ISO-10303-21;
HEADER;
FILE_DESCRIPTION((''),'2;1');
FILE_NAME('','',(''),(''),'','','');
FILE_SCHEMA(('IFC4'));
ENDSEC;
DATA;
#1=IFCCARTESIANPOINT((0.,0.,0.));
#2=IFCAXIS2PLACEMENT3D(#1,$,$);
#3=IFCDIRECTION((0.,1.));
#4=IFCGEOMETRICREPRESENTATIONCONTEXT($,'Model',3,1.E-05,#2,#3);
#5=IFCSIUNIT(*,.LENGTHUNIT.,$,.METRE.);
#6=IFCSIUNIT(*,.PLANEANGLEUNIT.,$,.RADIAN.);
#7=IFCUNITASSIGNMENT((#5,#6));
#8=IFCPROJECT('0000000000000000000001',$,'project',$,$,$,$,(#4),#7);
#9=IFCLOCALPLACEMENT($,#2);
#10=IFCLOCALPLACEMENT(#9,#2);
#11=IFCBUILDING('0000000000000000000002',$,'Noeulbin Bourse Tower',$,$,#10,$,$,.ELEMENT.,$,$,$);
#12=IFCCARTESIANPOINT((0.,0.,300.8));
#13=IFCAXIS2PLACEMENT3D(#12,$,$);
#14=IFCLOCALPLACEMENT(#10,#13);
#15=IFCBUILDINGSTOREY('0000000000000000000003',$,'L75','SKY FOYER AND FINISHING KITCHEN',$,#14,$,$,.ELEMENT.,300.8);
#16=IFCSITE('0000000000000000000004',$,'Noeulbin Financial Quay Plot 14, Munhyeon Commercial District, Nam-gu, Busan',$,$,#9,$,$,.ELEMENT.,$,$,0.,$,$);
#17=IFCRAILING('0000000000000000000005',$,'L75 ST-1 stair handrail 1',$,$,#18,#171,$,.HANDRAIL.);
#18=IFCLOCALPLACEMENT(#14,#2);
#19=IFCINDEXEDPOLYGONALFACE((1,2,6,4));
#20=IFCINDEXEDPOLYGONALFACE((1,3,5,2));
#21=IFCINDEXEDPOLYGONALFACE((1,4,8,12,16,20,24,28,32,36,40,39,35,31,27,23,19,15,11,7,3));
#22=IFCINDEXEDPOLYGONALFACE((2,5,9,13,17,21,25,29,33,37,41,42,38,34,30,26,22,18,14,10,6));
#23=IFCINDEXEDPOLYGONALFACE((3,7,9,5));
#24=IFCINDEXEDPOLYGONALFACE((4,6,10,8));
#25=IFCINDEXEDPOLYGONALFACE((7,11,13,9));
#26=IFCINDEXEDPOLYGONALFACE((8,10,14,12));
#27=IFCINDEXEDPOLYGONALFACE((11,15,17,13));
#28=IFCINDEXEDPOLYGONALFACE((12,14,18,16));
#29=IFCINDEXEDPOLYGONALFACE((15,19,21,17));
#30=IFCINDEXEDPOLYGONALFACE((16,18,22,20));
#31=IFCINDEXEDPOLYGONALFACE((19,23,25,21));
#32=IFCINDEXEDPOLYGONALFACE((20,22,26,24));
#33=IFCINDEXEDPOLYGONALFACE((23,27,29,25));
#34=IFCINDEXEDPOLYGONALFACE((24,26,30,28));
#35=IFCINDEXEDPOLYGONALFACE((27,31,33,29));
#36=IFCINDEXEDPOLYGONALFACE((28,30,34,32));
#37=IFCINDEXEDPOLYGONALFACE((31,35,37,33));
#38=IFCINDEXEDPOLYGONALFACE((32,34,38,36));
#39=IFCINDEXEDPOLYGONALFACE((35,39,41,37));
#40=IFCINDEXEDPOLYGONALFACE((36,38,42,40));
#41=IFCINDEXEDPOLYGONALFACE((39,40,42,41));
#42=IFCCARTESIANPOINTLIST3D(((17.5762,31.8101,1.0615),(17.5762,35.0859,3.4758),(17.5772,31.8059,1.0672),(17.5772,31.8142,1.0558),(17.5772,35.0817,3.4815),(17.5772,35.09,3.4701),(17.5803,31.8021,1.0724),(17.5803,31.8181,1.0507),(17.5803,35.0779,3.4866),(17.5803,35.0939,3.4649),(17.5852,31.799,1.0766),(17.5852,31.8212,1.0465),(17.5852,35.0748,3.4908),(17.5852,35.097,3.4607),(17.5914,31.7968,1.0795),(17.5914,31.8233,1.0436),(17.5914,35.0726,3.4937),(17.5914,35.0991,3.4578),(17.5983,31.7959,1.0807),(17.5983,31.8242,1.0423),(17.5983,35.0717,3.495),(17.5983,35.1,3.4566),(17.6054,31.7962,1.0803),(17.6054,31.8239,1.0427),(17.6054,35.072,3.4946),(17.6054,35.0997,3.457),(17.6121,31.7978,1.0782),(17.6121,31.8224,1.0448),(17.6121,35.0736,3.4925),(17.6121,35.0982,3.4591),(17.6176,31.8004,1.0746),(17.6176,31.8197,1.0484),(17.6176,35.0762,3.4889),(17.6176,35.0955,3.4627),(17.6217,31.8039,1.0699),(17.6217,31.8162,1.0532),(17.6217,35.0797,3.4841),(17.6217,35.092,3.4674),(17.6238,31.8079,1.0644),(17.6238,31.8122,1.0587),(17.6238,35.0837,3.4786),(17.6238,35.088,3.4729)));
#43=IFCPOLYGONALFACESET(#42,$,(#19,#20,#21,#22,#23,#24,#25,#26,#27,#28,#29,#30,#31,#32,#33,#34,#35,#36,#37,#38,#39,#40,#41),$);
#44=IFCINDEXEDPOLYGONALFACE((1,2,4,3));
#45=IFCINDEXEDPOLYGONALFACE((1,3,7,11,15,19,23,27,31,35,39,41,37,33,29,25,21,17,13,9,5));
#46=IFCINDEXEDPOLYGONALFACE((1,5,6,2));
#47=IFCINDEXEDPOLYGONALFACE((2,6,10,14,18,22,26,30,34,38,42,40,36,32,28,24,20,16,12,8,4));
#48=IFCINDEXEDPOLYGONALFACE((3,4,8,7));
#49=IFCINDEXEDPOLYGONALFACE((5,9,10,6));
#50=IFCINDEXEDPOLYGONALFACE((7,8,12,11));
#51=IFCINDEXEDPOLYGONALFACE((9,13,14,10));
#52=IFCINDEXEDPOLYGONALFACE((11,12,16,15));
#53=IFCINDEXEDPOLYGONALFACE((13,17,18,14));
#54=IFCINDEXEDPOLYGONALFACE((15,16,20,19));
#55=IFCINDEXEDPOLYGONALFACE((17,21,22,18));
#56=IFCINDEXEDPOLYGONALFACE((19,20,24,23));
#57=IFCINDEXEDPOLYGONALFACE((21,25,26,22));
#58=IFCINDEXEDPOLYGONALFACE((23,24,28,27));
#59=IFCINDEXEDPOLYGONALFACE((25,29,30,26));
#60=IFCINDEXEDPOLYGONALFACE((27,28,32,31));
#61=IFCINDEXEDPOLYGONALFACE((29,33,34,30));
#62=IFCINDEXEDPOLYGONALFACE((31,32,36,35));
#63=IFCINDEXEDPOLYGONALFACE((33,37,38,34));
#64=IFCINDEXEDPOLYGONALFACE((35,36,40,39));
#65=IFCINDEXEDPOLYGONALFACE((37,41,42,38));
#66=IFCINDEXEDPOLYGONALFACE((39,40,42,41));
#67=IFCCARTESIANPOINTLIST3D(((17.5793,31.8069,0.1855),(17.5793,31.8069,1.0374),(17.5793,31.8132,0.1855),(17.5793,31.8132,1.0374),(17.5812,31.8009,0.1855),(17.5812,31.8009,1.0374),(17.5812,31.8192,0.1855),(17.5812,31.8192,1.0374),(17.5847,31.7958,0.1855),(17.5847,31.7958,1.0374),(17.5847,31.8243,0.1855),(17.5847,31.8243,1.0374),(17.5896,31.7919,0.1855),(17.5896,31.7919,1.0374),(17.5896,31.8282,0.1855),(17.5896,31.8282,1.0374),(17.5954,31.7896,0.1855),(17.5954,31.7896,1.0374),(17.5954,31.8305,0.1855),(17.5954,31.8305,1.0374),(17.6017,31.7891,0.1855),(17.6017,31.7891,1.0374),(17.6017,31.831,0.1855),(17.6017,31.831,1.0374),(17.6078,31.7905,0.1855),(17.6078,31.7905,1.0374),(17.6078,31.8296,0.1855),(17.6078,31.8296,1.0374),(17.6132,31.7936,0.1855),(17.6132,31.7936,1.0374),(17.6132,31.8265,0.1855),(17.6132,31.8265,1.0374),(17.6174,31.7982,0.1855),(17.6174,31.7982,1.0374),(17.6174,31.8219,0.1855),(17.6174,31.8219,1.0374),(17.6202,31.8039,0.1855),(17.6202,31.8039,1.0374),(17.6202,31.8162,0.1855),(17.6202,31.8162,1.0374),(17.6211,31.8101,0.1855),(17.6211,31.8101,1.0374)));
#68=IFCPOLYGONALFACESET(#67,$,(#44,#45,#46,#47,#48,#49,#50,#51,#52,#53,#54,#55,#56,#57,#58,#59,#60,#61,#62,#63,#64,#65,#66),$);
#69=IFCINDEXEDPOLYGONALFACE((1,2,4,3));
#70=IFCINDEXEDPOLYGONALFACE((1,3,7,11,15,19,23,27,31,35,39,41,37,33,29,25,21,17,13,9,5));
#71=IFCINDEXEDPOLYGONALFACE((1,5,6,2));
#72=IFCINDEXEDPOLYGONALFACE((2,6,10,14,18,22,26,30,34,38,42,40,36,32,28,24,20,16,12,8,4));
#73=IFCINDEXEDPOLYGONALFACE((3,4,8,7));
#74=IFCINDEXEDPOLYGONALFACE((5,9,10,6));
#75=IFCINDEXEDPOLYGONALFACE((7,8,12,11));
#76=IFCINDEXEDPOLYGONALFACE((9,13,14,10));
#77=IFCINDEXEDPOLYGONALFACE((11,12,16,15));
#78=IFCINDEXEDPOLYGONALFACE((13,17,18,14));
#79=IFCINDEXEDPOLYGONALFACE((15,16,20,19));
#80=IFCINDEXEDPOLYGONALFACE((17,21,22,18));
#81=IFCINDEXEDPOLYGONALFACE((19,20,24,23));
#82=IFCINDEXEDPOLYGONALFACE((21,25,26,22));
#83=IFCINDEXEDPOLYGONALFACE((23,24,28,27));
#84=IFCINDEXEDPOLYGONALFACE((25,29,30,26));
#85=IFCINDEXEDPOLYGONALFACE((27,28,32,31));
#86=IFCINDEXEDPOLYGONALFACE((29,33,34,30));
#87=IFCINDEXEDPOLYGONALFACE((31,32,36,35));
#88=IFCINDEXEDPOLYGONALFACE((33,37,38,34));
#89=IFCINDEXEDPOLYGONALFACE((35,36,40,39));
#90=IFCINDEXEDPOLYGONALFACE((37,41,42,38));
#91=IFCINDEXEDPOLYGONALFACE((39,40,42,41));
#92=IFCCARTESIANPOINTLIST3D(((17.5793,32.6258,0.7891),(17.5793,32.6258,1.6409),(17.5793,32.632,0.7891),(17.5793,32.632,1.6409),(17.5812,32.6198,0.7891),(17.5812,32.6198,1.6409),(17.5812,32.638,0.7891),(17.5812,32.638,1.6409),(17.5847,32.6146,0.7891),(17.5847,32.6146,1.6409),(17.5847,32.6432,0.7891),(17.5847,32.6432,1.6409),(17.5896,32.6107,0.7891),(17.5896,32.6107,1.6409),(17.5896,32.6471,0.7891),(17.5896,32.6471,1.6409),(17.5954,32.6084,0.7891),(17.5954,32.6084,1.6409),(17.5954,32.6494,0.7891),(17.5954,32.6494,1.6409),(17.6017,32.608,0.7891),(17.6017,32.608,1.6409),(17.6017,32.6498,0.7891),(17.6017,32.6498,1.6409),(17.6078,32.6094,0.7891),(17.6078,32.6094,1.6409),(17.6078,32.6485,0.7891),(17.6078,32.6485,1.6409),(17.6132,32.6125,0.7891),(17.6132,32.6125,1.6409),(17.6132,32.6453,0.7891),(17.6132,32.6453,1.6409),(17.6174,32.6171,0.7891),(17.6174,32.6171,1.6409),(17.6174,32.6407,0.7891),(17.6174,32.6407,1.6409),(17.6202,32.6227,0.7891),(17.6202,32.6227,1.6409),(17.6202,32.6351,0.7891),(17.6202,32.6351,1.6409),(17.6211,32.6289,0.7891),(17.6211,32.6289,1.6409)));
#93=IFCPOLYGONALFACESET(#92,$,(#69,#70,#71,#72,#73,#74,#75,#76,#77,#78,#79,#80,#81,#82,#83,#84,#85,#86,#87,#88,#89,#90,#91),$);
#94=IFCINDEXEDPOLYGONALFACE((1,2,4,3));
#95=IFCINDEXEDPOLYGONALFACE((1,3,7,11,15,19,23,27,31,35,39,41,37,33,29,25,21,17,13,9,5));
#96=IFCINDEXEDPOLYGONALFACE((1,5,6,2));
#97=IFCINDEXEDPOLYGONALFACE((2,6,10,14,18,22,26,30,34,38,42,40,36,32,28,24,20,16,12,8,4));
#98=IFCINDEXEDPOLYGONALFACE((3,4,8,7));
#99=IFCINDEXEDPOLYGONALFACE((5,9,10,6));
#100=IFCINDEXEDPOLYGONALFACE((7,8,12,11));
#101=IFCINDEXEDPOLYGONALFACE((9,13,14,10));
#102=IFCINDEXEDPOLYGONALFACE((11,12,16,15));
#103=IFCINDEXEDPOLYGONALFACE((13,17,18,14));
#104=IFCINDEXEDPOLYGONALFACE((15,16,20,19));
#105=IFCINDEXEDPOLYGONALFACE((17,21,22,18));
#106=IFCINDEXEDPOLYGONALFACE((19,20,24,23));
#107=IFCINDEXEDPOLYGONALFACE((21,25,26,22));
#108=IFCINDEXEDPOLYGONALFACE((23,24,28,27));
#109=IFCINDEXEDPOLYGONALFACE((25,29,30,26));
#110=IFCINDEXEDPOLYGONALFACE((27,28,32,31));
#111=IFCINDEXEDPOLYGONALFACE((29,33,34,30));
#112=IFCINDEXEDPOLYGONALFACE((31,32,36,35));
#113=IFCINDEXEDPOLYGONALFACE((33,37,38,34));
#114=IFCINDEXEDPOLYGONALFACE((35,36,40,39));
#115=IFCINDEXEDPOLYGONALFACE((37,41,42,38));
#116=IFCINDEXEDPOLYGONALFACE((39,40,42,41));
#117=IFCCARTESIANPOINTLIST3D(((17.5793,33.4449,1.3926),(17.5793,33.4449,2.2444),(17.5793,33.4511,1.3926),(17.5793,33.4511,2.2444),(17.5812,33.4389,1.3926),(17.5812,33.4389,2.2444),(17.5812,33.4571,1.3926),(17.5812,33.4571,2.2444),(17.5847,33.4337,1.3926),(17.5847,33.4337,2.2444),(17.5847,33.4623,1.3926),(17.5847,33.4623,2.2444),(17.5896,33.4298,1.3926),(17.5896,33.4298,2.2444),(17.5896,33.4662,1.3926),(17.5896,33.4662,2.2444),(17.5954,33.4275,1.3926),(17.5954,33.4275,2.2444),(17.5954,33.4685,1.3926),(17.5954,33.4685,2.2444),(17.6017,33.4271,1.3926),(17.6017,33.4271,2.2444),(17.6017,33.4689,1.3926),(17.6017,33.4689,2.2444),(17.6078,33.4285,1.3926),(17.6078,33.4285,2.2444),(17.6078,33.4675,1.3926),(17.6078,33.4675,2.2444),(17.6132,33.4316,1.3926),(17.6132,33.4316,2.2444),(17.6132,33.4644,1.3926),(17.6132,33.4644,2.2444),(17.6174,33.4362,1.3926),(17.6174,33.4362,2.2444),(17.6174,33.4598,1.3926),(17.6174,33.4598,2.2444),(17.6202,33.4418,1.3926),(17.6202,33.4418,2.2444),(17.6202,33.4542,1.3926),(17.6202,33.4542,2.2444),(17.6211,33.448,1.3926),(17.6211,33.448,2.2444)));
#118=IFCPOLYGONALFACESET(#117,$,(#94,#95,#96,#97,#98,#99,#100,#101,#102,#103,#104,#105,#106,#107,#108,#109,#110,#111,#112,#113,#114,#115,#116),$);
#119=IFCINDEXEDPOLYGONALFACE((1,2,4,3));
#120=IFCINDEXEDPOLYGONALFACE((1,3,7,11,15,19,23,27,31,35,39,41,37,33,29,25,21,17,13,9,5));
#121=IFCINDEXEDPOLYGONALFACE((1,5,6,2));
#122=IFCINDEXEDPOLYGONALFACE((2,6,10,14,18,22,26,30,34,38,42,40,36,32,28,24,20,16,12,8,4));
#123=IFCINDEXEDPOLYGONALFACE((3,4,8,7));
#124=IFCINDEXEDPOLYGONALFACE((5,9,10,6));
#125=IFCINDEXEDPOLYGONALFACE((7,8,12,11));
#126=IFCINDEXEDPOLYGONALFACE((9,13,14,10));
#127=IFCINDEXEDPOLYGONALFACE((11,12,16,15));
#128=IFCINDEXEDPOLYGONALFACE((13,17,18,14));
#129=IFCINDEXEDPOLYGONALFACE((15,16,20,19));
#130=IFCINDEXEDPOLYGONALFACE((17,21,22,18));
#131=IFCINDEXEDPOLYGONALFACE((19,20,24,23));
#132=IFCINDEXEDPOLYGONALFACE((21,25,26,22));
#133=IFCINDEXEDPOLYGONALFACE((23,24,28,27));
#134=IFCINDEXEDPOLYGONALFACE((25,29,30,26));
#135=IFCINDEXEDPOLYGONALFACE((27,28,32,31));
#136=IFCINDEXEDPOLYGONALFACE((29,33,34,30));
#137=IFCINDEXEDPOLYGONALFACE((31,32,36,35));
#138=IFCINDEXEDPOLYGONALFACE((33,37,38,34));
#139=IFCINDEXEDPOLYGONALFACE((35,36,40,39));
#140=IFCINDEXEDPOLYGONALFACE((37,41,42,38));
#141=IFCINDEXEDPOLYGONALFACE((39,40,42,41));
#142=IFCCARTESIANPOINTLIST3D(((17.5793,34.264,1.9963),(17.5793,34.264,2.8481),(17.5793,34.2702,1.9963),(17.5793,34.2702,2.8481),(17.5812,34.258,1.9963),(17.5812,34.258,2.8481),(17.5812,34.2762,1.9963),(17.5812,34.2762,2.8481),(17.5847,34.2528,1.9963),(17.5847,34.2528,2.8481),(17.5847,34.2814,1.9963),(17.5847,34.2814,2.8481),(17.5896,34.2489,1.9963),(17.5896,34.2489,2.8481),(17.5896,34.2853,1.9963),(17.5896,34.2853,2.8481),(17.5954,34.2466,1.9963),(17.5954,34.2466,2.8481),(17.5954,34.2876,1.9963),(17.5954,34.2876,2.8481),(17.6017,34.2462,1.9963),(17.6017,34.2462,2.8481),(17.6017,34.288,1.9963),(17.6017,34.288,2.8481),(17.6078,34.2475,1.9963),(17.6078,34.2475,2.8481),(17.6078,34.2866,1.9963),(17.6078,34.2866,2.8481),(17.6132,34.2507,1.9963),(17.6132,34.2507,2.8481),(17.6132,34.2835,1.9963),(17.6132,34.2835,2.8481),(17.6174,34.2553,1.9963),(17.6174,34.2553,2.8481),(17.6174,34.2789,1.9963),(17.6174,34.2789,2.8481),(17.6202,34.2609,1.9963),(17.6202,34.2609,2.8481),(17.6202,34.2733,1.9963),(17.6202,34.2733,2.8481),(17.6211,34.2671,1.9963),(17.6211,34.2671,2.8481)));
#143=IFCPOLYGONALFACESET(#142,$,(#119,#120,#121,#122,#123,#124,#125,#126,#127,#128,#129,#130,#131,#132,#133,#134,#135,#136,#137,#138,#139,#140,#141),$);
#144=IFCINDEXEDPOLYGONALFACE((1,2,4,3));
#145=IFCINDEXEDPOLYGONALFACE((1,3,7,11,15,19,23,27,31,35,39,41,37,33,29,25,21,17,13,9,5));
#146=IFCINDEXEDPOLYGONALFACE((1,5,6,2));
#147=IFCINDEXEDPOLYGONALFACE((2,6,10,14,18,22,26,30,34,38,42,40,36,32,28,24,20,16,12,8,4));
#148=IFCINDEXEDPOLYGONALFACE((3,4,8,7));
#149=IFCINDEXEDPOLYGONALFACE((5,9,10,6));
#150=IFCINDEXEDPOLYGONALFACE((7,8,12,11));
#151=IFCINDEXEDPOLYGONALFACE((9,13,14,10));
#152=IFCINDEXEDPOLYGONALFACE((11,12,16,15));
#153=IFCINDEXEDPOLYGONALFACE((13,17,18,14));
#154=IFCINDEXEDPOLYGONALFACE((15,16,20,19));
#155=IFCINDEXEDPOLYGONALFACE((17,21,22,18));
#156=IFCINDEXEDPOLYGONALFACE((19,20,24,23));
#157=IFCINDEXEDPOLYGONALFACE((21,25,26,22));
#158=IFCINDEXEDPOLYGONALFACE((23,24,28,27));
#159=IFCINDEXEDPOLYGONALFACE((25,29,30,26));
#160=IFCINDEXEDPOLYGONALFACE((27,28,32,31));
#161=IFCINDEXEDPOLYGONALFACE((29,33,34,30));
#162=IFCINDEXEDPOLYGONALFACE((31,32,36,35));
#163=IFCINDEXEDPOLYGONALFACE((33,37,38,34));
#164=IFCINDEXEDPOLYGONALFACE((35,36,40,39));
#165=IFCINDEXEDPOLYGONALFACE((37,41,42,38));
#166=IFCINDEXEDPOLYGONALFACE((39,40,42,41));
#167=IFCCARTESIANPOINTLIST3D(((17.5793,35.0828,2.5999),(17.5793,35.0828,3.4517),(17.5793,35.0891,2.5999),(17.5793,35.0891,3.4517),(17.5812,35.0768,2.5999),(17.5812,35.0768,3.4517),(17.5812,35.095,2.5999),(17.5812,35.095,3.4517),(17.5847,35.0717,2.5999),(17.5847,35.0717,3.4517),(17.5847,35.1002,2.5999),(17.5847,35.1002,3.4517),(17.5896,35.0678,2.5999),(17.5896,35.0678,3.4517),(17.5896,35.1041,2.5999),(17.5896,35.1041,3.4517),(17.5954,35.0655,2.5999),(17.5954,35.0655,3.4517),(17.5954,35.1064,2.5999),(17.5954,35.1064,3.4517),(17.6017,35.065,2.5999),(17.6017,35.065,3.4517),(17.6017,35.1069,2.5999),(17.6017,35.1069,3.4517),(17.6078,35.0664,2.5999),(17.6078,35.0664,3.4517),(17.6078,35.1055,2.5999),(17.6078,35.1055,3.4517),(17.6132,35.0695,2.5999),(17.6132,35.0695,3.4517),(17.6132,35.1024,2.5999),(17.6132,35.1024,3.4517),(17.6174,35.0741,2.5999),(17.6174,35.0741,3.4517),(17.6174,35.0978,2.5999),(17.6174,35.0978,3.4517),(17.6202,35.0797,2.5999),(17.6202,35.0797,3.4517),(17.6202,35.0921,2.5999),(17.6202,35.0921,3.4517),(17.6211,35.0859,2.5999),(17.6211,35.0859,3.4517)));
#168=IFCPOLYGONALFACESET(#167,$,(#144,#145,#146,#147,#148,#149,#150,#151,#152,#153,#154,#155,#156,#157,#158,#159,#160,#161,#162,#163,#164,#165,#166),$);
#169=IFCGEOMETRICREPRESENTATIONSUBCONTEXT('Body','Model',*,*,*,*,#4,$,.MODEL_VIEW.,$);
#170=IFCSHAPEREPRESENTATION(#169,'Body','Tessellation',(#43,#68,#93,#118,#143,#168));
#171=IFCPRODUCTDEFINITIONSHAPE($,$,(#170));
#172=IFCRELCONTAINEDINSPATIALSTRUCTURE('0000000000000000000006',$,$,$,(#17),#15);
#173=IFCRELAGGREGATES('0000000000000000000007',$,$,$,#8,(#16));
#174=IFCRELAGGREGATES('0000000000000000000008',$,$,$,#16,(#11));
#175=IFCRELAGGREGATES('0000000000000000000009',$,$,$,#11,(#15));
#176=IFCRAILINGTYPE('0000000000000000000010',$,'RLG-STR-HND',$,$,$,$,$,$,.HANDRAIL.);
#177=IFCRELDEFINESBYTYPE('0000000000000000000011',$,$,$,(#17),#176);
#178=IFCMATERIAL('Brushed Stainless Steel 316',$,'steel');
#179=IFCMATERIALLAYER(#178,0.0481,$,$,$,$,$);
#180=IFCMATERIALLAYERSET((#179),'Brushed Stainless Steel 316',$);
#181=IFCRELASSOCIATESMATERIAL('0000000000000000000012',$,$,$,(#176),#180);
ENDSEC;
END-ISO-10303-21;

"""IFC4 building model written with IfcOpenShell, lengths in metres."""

from ifc_helpers import new_model, si_unit, direction, frame, origin, origin_2d, place, context, subcontext, project, spatial, circle, extrude, material, layer, layer_set, type_object, element, save


model = new_model("IFC4")

# Units and contexts
model_context = context("Model", 3, precision=1e-05, world=origin(), true_north=direction((0.0, 1.0)))
body_context = subcontext(model_context, "Body", "Model", "MODEL_VIEW")
ifc_project = project(units=[si_unit("LENGTHUNIT", "METRE"), si_unit("PLANEANGLEUNIT", "RADIAN")], contexts=[model_context])

# Site, building, storey
site_placement = place(None, origin())
site = spatial("IfcSite", under=ifc_project, at=site_placement, Name="Noeulbin Financial Quay Plot 14, Munhyeon Commercial District, Nam-gu, Busan", CompositionType="ELEMENT", RefElevation=0.0)
building_placement = place(site_placement, origin())
building = spatial("IfcBuilding", under=site, at=building_placement, Name="Noeulbin Bourse Tower", CompositionType="ELEMENT")
storey_placement = place(building_placement, frame((0.0, 0.0, 300.8)))
storey = spatial("IfcBuildingStorey", under=building, at=storey_placement, Name="L75", Description="SKY FOYER AND FINISHING KITCHEN", CompositionType="ELEMENT", Elevation=300.8)

# Shared definitions
ifc_material_1 = material(Name="Brushed Stainless Steel 316", Category="steel")

# Railing
ifc_layer_1 = layer(ifc_material_1, 0.0481)
ifc_layer_set_1 = layer_set([ifc_layer_1], Name="Brushed Stainless Steel 316")
railing_type_1 = type_object("IfcRailingType", Name="RLG-STR-HND", PredefinedType="HANDRAIL", material=ifc_layer_set_1)
railing_1_placement = place(storey_placement, frame((17.6001, 31.8101, 0.1855)))
element("IfcRailing", 1, at=railing_1_placement, inside=storey, type_object=railing_type_1, Name="L75 ST-1 stair handrail 1", PredefinedType="HANDRAIL", context=body_context, shape_type="SweptSolid", body=[
    extrude(circle(Radius=0.0239, at=origin_2d()), frame((0.0, 0.0, 0.876), z_axis=(0.0, 0.804997, 0.593279), x_axis=(-1.0, 0.0, 0.0)), (0.0, 0.0, 1.0), 4.0693),
    extrude(circle(Radius=0.021, at=origin_2d()), origin(), (0.0, 0.0, 1.0), 0.8518),
    extrude(circle(Radius=0.021, at=origin_2d()), frame((0.0, 0.8188, 0.6035)), (0.0, 0.0, 1.0), 0.8518),
    extrude(circle(Radius=0.021, at=origin_2d()), frame((0.0, 1.6379, 1.207)), (0.0, 0.0, 1.0), 0.8518),
    extrude(circle(Radius=0.021, at=origin_2d()), frame((0.0, 2.457, 1.8108)), (0.0, 0.0, 1.0), 0.8518),
    extrude(circle(Radius=0.021, at=origin_2d()), frame((0.0, 3.2759, 2.4143)), (0.0, 0.0, 1.0), 0.8518),
])

save(model, "model.ifc")
